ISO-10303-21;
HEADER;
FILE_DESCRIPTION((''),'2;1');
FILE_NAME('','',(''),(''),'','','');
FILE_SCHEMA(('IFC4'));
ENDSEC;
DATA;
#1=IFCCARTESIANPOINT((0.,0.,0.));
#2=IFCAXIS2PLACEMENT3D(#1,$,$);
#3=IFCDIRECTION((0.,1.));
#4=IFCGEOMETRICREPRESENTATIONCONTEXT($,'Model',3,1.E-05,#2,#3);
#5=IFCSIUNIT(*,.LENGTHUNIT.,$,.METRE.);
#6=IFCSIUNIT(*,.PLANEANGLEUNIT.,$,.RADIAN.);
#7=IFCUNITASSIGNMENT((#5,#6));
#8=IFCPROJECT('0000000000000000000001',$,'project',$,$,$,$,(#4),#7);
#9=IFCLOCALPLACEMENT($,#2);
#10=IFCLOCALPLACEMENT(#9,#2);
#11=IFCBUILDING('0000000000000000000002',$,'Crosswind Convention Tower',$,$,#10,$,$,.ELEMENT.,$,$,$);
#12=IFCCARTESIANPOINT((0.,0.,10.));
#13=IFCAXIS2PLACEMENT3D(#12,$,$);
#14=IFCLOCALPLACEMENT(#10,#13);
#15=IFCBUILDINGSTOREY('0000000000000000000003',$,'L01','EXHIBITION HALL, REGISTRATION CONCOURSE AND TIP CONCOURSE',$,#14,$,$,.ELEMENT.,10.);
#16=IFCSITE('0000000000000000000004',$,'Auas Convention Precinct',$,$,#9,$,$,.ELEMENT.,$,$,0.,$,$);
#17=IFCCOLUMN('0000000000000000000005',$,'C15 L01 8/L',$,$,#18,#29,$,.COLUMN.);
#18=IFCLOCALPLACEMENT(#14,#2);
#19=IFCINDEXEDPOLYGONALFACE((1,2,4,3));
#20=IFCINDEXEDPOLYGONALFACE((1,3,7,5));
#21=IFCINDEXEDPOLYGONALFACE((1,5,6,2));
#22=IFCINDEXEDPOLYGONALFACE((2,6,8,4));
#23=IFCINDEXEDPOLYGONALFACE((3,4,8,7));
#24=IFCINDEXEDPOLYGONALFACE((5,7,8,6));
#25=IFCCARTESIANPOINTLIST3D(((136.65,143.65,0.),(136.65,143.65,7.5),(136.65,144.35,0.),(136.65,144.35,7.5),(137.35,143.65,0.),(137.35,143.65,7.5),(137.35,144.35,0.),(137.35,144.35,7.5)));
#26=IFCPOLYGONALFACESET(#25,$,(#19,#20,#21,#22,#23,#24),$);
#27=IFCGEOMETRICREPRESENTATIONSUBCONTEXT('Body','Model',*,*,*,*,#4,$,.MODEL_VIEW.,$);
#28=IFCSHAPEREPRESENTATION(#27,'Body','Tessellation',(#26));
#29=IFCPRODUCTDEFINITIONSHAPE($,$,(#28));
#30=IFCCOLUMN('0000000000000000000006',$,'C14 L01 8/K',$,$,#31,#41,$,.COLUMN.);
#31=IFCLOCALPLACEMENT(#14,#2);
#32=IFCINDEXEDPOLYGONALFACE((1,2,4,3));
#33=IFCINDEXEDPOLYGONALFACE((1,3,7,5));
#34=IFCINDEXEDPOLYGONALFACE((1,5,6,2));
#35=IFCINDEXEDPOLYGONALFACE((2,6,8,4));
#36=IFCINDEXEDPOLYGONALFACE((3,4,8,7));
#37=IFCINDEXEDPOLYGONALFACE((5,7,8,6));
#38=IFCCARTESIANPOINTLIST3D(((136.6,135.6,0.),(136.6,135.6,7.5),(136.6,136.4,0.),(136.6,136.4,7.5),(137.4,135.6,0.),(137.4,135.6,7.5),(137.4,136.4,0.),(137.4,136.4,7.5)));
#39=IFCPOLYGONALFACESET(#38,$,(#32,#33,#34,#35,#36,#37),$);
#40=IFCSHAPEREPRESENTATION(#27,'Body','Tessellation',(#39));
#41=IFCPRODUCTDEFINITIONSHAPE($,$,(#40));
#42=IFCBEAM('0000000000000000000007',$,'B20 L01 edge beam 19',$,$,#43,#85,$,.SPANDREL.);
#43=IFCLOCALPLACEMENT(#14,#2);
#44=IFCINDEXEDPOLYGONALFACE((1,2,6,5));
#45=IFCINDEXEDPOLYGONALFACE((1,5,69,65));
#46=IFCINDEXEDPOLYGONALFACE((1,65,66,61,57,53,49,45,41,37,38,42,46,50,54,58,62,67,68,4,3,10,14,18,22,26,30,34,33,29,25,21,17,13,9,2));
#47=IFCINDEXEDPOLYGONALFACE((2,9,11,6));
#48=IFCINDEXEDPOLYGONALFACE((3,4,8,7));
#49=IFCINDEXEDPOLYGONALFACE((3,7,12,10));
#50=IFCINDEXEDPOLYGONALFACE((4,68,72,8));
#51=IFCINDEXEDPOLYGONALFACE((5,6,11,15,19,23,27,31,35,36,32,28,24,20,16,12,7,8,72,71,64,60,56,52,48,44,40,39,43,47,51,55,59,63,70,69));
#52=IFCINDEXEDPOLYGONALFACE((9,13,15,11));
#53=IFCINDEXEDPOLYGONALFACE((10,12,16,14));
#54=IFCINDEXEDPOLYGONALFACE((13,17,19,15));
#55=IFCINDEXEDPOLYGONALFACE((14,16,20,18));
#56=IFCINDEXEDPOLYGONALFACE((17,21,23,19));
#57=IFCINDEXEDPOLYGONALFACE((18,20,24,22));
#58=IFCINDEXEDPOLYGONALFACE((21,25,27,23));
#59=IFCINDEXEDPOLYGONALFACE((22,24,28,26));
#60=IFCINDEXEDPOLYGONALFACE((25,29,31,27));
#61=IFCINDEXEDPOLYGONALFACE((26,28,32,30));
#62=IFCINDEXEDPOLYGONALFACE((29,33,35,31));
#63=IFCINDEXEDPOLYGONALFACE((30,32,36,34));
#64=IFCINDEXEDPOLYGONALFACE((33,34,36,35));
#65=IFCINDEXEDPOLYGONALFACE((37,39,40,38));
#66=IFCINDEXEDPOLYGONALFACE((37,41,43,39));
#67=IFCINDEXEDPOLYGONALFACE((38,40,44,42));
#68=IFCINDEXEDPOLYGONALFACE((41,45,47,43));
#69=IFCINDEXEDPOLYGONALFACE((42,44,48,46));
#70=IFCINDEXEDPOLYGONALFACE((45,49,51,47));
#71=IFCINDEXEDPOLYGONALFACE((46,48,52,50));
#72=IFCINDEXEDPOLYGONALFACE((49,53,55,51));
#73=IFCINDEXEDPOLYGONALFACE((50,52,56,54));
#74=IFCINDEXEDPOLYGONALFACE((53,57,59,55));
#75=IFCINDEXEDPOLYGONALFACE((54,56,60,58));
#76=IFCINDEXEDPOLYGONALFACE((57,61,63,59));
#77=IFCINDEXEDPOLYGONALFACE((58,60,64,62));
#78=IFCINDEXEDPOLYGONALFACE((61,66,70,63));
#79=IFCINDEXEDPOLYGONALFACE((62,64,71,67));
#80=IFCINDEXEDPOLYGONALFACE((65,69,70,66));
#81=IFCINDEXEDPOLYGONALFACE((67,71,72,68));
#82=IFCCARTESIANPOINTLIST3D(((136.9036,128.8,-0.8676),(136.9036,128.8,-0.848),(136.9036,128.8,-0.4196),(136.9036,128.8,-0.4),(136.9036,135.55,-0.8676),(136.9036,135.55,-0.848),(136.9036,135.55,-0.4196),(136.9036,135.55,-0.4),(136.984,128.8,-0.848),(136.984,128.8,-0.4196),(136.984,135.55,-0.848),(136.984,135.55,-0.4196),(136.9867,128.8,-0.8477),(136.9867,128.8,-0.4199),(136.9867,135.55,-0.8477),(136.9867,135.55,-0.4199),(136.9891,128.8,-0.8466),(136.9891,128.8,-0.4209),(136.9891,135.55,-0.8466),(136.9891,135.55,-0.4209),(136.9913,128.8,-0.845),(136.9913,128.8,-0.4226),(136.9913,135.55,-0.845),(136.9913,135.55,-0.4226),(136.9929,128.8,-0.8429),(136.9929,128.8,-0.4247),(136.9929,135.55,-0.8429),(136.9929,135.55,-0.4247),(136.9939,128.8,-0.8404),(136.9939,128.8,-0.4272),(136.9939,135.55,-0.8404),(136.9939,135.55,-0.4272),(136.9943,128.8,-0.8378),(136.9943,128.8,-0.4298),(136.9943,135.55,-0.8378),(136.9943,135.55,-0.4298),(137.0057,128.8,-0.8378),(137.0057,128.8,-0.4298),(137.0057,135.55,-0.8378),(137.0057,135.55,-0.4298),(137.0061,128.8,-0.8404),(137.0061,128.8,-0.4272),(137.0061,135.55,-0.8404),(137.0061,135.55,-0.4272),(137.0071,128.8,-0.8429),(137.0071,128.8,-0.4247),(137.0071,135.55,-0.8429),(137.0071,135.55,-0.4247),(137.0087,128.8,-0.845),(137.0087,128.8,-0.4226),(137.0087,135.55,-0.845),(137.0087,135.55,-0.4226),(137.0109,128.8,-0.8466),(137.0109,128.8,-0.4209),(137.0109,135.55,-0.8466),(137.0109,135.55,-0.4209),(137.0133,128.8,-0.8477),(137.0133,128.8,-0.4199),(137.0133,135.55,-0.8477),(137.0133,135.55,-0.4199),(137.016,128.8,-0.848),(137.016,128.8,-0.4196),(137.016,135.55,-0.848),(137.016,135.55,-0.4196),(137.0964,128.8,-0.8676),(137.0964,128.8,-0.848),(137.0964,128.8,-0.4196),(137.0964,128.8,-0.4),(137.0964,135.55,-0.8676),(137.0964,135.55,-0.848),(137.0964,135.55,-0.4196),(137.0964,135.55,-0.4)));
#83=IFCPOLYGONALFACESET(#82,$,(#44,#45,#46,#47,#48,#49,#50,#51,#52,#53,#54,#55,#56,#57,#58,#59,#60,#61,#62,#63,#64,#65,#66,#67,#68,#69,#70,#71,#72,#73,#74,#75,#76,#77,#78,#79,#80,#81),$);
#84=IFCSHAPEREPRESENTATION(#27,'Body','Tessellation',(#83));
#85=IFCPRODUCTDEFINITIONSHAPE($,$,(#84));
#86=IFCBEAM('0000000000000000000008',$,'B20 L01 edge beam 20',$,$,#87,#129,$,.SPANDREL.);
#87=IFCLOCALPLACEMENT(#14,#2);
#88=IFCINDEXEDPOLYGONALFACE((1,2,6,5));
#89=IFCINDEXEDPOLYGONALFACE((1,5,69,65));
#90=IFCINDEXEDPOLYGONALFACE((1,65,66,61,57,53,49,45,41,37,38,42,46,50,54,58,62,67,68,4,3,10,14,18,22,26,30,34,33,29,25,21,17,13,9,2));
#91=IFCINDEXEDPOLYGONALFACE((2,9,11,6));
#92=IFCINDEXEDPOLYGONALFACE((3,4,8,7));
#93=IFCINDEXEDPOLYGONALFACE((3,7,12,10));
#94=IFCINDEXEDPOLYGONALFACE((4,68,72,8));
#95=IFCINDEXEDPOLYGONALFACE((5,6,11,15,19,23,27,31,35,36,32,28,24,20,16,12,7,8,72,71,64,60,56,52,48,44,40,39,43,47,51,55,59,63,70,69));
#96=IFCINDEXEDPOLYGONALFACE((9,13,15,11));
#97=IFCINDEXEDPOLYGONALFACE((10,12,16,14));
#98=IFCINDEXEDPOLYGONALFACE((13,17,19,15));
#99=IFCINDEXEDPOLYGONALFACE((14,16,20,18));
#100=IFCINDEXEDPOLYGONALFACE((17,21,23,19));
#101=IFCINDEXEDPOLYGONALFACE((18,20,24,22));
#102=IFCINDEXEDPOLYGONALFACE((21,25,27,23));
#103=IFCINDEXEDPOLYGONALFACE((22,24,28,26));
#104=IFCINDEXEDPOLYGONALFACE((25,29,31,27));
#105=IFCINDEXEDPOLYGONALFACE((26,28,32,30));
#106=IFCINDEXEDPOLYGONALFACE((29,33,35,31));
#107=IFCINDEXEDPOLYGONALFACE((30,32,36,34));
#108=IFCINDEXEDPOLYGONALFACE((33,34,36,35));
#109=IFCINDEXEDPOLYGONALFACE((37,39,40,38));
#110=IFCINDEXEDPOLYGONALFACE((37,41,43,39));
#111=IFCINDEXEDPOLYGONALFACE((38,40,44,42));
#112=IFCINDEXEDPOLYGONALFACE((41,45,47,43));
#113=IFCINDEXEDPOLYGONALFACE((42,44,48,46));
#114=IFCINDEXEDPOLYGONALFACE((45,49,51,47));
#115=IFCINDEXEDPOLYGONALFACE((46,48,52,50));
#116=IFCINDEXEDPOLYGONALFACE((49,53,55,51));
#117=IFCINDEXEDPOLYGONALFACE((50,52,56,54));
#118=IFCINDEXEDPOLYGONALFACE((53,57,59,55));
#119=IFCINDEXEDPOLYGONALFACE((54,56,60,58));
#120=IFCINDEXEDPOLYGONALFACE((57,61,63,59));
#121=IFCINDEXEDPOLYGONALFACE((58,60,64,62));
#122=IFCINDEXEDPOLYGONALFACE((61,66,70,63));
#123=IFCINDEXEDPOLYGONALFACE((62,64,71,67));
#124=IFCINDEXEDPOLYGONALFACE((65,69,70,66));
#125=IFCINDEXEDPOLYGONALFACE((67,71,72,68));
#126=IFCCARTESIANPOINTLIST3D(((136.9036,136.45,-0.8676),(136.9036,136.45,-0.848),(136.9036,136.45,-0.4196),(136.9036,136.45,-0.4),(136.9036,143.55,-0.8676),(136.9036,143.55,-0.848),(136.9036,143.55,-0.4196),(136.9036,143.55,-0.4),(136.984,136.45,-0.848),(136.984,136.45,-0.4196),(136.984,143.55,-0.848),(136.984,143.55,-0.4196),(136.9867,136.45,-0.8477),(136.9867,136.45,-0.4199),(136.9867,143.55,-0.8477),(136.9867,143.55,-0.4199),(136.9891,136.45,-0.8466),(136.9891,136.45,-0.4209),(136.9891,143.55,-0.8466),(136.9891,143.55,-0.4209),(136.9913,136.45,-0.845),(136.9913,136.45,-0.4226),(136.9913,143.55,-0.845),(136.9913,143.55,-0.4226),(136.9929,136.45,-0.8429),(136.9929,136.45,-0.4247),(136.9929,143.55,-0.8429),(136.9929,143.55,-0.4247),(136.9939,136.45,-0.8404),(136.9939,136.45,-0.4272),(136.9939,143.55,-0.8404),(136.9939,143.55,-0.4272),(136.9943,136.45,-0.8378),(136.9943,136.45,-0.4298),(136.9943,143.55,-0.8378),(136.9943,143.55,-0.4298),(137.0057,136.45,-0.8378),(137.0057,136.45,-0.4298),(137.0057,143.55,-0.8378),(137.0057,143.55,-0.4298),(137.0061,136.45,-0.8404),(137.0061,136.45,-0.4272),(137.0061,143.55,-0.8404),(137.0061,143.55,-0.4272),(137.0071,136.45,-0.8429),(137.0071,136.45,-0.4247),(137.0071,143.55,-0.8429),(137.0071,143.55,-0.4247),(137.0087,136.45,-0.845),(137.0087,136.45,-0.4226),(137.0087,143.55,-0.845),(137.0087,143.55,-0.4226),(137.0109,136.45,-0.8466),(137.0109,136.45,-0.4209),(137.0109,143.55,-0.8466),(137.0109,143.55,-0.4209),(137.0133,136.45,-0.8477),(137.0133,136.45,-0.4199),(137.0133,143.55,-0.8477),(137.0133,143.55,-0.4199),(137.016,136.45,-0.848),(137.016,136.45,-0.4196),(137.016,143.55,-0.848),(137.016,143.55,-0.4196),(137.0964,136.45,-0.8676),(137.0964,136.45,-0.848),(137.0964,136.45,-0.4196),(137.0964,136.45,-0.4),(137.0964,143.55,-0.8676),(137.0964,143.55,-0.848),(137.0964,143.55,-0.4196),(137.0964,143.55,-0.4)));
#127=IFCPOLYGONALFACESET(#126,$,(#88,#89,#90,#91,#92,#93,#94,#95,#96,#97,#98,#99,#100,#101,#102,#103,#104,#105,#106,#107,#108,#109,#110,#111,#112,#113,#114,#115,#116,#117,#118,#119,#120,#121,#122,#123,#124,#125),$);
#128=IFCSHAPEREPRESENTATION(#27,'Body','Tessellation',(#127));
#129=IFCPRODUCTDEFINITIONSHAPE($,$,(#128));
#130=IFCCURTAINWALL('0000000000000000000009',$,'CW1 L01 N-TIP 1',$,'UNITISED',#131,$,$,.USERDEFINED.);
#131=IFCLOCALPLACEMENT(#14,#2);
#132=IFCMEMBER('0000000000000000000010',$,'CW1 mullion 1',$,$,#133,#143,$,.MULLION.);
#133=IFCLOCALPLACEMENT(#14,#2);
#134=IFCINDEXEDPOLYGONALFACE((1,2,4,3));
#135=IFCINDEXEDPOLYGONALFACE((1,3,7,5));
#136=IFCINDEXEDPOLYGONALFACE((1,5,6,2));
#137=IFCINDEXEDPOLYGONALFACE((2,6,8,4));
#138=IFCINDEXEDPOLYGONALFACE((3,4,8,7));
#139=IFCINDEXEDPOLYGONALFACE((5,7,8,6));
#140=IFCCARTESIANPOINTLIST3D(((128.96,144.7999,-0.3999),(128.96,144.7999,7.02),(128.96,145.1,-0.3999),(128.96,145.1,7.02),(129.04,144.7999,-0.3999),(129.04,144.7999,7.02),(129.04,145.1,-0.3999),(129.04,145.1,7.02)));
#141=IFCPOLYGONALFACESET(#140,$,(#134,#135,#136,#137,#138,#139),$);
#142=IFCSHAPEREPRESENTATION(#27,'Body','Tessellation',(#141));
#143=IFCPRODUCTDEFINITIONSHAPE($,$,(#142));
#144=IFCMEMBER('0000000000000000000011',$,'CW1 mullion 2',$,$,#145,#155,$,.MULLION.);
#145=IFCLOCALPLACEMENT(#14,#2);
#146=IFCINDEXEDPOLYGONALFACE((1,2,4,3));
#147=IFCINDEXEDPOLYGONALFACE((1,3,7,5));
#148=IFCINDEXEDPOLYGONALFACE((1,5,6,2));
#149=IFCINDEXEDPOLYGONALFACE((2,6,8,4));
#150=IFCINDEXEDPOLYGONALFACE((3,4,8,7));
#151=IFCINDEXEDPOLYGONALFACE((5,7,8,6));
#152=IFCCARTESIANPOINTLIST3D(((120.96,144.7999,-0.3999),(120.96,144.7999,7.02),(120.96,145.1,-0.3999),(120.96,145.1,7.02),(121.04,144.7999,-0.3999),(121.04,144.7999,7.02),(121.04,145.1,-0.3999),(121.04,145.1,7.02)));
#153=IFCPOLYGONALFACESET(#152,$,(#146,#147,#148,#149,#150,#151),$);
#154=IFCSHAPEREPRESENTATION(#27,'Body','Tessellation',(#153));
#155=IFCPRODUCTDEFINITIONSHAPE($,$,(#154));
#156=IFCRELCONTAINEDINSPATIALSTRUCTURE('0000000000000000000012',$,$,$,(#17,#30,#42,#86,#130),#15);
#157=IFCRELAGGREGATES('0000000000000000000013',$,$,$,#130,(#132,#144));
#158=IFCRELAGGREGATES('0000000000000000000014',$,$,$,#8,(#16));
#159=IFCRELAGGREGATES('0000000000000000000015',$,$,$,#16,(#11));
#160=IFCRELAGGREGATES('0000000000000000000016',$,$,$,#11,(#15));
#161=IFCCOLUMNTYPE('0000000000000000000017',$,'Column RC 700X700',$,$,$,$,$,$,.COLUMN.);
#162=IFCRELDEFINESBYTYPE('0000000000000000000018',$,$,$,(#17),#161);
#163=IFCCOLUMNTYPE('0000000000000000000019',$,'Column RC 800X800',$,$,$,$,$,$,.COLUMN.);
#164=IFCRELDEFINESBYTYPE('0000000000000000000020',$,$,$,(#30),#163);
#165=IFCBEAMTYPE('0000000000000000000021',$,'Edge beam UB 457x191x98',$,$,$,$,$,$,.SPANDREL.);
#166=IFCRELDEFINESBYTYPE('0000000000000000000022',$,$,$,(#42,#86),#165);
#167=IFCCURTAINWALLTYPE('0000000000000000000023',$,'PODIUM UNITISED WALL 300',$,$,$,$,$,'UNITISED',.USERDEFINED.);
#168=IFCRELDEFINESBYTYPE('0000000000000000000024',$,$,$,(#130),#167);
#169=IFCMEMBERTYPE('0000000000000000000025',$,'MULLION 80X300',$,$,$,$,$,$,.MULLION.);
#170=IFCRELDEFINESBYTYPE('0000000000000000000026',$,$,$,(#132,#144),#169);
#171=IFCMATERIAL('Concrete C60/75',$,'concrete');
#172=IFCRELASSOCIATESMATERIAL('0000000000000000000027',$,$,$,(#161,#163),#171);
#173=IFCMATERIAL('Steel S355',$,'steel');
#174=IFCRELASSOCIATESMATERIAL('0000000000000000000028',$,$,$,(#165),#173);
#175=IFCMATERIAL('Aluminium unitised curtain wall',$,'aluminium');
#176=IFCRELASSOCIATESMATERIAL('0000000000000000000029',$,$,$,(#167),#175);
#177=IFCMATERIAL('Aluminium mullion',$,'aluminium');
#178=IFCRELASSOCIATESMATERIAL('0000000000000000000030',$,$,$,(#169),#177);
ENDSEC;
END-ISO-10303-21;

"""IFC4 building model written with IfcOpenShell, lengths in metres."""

from ifc_helpers import new_model, si_unit, direction, frame, origin, origin_2d, place, context, subcontext, project, spatial, rectangle, i_section, extrude, material, material_profile, profile_set, type_object, element, aggregate, save


model = new_model("IFC4")

# Units and contexts
model_context = context("Model", 3, precision=1e-05, world=origin(), true_north=direction((0.0, 1.0)))
body_context = subcontext(model_context, "Body", "Model", "MODEL_VIEW")
ifc_project = project(units=[si_unit("LENGTHUNIT", "METRE"), si_unit("PLANEANGLEUNIT", "RADIAN")], contexts=[model_context])

# Site, building, storey
site_placement = place(None, origin())
site = spatial("IfcSite", under=ifc_project, at=site_placement, Name="Auas Convention Precinct", CompositionType="ELEMENT", RefElevation=0.0)
building_placement = place(site_placement, origin())
building = spatial("IfcBuilding", under=site, at=building_placement, Name="Crosswind Convention Tower", CompositionType="ELEMENT")
storey_placement = place(building_placement, frame((0.0, 0.0, 10.0)))
storey = spatial("IfcBuildingStorey", under=building, at=storey_placement, Name="L01", Description="EXHIBITION HALL, REGISTRATION CONCOURSE AND TIP CONCOURSE", CompositionType="ELEMENT", Elevation=10.0)

# Columns
ifc_material_1 = material(Name="Concrete C60/75", Category="concrete")
ifc_material_profile_1 = material_profile(ifc_material_1, rectangle(XDim=0.7, YDim=0.7, at=origin_2d()), Name="RC 700X700")
ifc_profile_set_1 = profile_set([ifc_material_profile_1], Name="Concrete C60/75")
column_type_1 = type_object("IfcColumnType", Name="Column RC 700X700", PredefinedType="COLUMN", material=ifc_profile_set_1)
column_1_placement = place(storey_placement, frame((137.0, 144.0, 0.0), z_axis=(0.0, 0.0, 1.0), x_axis=(1.0, 0.0, 0.0)))
element("IfcColumn", 1, at=column_1_placement, inside=storey, type_object=column_type_1, Name="C15 L01 8/L", PredefinedType="COLUMN", context=body_context, shape_type="SweptSolid", body=[
    extrude(rectangle(XDim=0.7, YDim=0.7, at=origin_2d()), origin(), (0.0, 0.0, 1.0), 7.5),
])
ifc_material_profile_2 = material_profile(ifc_material_1, rectangle(XDim=0.8, YDim=0.8, at=origin_2d()), Name="RC 800X800")
ifc_profile_set_2 = profile_set([ifc_material_profile_2], Name="Concrete C60/75")
column_type_2 = type_object("IfcColumnType", Name="Column RC 800X800", PredefinedType="COLUMN", material=ifc_profile_set_2)
column_2_placement = place(storey_placement, frame((137.0, 136.0, 0.0), z_axis=(0.0, 0.0, 1.0), x_axis=(1.0, 0.0, 0.0)))
element("IfcColumn", 2, at=column_2_placement, inside=storey, type_object=column_type_2, Name="C14 L01 8/K", PredefinedType="COLUMN", context=body_context, shape_type="SweptSolid", body=[
    extrude(rectangle(XDim=0.8, YDim=0.8, at=origin_2d()), origin(), (0.0, 0.0, 1.0), 7.5),
])

# Beams
ifc_material_2 = material(Name="Steel S355", Category="steel")
ifc_material_profile_3 = material_profile(ifc_material_2, i_section(OverallWidth=0.1929, OverallDepth=0.4675, WebThickness=0.0115, FlangeThickness=0.0195, FilletRadius=0.0103, at=origin_2d()), Name="UB 457x191x98")
ifc_profile_set_3 = profile_set([ifc_material_profile_3], Name="Steel S355")
beam_type_1 = type_object("IfcBeamType", Name="Edge beam UB 457x191x98", PredefinedType="SPANDREL", material=ifc_profile_set_3)
beam_1_placement = place(storey_placement, frame((137.0, 128.8, -0.6338), z_axis=(0.0, 1.0, 0.0), x_axis=(-1.0, 0.0, 0.0)))
element("IfcBeam", 3, at=beam_1_placement, inside=storey, type_object=beam_type_1, Name="B20 L01 edge beam 19", PredefinedType="SPANDREL", context=body_context, shape_type="SweptSolid", body=[
    extrude(i_section(OverallWidth=0.1929, OverallDepth=0.4675, WebThickness=0.0115, FlangeThickness=0.0195, FilletRadius=0.0103, at=origin_2d()), origin(), (0.0, 0.0, 1.0), 6.75),
])
beam_2_placement = place(storey_placement, frame((137.0, 136.45, -0.6338), z_axis=(0.0, 1.0, 0.0), x_axis=(-1.0, 0.0, 0.0)))
element("IfcBeam", 4, at=beam_2_placement, inside=storey, type_object=beam_type_1, Name="B20 L01 edge beam 20", PredefinedType="SPANDREL", context=body_context, shape_type="SweptSolid", body=[
    extrude(i_section(OverallWidth=0.1929, OverallDepth=0.4675, WebThickness=0.0115, FlangeThickness=0.0195, FilletRadius=0.0103, at=origin_2d()), origin(), (0.0, 0.0, 1.0), 7.1001),
])

# Curtain wall, members
ifc_material_3 = material(Name="Aluminium unitised curtain wall", Category="aluminium")
curtain_wall_type = type_object("IfcCurtainWallType", Name="PODIUM UNITISED WALL 300", ElementType="UNITISED", PredefinedType="USERDEFINED", material=ifc_material_3)
curtain_wall_placement = place(storey_placement, origin())
curtain_wall = element("IfcCurtainWall", 5, at=curtain_wall_placement, inside=storey, type_object=curtain_wall_type, Name="CW1 L01 N-TIP 1", ObjectType="UNITISED", PredefinedType="USERDEFINED")
ifc_material_4 = material(Name="Aluminium mullion", Category="aluminium")
ifc_material_profile_4 = material_profile(ifc_material_4, rectangle(XDim=0.3, YDim=0.0801, at=origin_2d()), Name="AL 300X80")
ifc_profile_set_4 = profile_set([ifc_material_profile_4], Name="Aluminium mullion")
member_type_1 = type_object("IfcMemberType", Name="MULLION 80X300", PredefinedType="MULLION", material=ifc_profile_set_4)
member_1_placement = place(storey_placement, frame((129.0, 144.95, -0.3999), z_axis=(0.0, 0.0, 1.0), x_axis=(0.0, 1.0, 0.0)))
member_1 = element("IfcMember", 6, at=member_1_placement, type_object=member_type_1, Name="CW1 mullion 1", PredefinedType="MULLION", context=body_context, shape_type="SweptSolid", body=[
    extrude(rectangle(XDim=0.3, YDim=0.0801, at=origin_2d()), origin(), (0.0, 0.0, 1.0), 7.4199),
])
member_2_placement = place(storey_placement, frame((121.0, 144.95, -0.3999), z_axis=(0.0, 0.0, 1.0), x_axis=(0.0, 1.0, 0.0)))
member_2 = element("IfcMember", 7, at=member_2_placement, type_object=member_type_1, Name="CW1 mullion 2", PredefinedType="MULLION", context=body_context, shape_type="SweptSolid", body=[
    extrude(rectangle(XDim=0.3, YDim=0.0801, at=origin_2d()), origin(), (0.0, 0.0, 1.0), 7.4199),
])

aggregate(curtain_wall, [member_1, member_2])

save(model, "model.ifc")
